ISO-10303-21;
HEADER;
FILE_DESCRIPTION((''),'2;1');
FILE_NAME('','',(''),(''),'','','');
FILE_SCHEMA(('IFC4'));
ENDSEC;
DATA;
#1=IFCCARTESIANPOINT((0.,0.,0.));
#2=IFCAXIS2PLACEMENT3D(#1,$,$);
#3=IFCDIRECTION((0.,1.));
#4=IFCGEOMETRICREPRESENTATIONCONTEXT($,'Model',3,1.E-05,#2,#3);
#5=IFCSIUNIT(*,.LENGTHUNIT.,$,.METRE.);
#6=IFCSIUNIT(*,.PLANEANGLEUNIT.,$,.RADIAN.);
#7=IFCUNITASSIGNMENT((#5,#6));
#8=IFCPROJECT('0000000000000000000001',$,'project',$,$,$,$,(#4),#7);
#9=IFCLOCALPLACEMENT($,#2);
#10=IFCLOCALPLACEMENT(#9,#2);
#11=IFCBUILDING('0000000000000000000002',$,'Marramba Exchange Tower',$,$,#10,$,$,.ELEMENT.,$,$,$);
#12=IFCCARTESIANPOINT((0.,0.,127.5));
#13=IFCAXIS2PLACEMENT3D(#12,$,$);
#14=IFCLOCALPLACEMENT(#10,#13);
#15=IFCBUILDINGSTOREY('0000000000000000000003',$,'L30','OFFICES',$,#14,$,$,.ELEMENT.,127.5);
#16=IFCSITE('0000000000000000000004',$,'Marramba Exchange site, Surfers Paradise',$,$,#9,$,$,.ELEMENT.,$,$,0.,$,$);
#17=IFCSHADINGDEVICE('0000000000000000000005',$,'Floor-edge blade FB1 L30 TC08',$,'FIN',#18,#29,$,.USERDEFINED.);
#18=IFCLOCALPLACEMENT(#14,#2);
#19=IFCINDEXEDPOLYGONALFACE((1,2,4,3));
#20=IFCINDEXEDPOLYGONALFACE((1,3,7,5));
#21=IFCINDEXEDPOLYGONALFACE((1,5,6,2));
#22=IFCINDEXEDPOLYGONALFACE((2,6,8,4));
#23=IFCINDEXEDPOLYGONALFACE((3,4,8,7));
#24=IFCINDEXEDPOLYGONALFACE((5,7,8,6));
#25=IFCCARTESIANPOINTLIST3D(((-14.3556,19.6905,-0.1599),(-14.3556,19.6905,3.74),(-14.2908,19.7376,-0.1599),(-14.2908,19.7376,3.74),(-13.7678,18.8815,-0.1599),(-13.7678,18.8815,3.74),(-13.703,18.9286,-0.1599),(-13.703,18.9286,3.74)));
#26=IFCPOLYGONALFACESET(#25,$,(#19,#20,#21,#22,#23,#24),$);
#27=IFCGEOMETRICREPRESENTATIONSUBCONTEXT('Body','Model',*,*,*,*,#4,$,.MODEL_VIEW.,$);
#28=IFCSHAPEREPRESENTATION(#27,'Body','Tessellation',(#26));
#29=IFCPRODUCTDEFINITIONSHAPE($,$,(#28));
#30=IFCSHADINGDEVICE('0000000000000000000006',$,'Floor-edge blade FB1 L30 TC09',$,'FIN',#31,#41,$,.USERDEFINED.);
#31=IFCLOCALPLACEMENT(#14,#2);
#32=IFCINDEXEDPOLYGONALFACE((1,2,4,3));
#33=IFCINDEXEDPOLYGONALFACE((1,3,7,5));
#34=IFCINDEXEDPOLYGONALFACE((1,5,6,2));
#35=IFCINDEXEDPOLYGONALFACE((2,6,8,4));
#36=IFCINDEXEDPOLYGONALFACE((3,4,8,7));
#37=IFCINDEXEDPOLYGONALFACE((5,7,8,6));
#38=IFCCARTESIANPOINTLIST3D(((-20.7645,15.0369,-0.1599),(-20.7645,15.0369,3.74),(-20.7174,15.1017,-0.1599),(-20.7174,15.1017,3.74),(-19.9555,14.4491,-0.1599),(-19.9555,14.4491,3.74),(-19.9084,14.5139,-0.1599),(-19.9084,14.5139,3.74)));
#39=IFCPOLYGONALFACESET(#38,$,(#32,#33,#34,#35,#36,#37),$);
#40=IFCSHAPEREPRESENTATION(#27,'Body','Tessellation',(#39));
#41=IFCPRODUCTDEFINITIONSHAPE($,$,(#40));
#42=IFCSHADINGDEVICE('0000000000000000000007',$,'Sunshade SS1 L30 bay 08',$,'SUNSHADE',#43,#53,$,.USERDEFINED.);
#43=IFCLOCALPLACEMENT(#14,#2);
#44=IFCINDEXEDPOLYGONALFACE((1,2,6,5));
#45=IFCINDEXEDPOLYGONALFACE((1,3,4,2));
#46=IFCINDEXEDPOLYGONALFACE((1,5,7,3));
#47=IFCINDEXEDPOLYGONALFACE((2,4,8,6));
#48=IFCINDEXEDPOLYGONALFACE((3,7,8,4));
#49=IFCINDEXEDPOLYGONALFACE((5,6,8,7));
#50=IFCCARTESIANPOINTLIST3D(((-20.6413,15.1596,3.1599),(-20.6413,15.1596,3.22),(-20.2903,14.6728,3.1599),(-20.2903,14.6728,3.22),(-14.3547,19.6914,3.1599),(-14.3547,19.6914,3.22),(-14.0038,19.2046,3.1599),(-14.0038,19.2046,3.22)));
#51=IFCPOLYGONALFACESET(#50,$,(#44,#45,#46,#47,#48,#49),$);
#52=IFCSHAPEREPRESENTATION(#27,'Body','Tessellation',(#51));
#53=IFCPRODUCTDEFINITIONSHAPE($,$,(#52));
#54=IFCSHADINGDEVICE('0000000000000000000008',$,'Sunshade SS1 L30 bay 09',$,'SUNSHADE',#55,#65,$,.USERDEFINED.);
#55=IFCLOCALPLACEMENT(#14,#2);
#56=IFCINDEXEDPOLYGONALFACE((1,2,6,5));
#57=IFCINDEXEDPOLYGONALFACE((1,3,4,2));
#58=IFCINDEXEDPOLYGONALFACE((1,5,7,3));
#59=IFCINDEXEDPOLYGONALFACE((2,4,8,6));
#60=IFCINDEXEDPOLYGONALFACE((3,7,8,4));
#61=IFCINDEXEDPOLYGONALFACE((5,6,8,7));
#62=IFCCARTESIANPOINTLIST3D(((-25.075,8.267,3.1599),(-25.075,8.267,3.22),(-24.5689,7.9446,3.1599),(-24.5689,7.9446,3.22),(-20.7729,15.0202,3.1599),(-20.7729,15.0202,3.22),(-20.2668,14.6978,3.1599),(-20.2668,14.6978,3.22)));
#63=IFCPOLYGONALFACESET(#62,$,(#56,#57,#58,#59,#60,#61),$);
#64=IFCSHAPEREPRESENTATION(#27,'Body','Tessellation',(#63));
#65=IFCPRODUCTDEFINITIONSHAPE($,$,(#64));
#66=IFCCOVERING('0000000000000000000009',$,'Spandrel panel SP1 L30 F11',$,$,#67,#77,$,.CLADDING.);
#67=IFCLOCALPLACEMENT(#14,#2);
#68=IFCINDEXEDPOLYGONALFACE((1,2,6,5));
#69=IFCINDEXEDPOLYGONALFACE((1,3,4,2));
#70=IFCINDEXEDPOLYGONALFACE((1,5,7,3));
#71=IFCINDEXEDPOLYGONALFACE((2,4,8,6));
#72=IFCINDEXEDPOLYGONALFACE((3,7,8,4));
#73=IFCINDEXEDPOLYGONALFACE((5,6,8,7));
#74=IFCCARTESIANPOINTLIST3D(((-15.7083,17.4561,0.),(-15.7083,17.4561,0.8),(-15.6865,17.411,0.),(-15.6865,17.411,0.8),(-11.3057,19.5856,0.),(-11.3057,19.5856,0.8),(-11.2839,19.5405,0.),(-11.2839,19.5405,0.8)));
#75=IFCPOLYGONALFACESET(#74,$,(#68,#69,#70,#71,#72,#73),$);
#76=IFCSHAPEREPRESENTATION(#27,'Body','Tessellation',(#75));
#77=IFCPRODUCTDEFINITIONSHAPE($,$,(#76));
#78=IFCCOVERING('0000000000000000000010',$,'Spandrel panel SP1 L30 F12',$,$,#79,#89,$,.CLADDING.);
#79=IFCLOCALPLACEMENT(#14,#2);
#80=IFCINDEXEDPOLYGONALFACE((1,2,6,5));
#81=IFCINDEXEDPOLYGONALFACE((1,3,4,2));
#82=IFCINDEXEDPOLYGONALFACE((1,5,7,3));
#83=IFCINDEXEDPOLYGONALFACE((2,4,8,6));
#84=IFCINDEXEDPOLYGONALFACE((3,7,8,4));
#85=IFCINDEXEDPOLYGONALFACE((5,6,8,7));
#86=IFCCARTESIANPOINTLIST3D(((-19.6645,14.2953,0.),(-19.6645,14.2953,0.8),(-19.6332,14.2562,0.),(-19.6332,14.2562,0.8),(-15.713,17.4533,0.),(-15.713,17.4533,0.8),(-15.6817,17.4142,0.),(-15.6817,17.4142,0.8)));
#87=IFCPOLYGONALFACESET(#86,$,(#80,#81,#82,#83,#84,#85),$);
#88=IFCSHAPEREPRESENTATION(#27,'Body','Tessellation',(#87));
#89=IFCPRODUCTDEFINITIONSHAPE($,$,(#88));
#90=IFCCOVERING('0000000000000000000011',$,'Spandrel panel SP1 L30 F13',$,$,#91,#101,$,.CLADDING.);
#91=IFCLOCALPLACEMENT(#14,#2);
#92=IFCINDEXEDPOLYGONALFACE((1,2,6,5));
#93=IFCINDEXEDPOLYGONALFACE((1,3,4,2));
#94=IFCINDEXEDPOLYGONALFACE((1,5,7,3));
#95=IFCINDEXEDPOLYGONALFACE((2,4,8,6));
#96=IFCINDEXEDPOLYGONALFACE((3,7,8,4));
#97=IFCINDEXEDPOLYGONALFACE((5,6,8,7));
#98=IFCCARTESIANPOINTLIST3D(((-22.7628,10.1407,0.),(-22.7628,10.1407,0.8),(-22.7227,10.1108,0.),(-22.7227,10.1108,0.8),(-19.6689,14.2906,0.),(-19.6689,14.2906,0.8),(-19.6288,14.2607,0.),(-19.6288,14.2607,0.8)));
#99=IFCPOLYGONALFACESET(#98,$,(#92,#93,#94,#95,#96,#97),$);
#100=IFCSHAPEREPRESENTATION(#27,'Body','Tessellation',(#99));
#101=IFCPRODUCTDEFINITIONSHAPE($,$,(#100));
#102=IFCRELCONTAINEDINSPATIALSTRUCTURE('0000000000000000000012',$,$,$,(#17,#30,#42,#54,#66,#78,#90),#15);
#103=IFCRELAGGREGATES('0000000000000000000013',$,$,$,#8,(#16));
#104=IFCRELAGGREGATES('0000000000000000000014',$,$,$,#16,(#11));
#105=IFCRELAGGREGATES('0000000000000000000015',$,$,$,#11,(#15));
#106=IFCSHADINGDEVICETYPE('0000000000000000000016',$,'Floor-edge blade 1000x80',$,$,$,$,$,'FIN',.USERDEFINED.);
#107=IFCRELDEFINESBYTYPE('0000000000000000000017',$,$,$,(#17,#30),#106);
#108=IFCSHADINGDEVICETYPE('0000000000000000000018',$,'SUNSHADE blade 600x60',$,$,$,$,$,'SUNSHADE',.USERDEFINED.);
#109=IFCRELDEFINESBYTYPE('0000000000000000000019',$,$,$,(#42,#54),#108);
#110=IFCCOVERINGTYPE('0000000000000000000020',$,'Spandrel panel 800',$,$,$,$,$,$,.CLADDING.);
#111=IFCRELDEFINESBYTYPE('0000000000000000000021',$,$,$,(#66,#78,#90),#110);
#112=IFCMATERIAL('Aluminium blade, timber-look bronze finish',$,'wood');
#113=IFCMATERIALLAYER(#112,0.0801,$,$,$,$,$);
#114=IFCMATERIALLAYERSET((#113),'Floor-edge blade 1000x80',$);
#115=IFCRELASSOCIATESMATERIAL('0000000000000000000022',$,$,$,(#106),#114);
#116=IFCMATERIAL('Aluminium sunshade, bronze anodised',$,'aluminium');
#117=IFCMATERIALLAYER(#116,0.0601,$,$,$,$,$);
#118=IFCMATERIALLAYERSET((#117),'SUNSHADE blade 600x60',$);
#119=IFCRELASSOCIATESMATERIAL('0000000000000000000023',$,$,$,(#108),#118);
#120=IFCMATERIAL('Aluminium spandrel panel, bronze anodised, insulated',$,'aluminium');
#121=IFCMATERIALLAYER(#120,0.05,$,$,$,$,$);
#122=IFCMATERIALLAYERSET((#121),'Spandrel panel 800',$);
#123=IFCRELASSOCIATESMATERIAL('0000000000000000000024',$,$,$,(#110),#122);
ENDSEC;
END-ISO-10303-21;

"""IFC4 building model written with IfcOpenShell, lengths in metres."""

from ifc_helpers import new_model, si_unit, direction, frame, origin, origin_2d, place, context, subcontext, project, spatial, rectangle, extrude, material, layer, layer_set, type_object, element, save


model = new_model("IFC4")

# Units and contexts
model_context = context("Model", 3, precision=1e-05, world=origin(), true_north=direction((0.0, 1.0)))
body_context = subcontext(model_context, "Body", "Model", "MODEL_VIEW")
ifc_project = project(units=[si_unit("LENGTHUNIT", "METRE"), si_unit("PLANEANGLEUNIT", "RADIAN")], contexts=[model_context])

# Site, building, storey
site_placement = place(None, origin())
site = spatial("IfcSite", under=ifc_project, at=site_placement, Name="Marramba Exchange site, Surfers Paradise", CompositionType="ELEMENT", RefElevation=0.0)
building_placement = place(site_placement, origin())
building = spatial("IfcBuilding", under=site, at=building_placement, Name="Marramba Exchange Tower", CompositionType="ELEMENT")
storey_placement = place(building_placement, frame((0.0, 0.0, 127.5)))
storey = spatial("IfcBuildingStorey", under=building, at=storey_placement, Name="L30", Description="OFFICES", CompositionType="ELEMENT", Elevation=127.5)

# Shading devices
ifc_material_1 = material(Name="Aluminium blade, timber-look bronze finish", Category="wood")
ifc_layer_1 = layer(ifc_material_1, 0.0801)
ifc_layer_set_1 = layer_set([ifc_layer_1], Name="Floor-edge blade 1000x80")
shading_device_type_1 = type_object("IfcShadingDeviceType", Name="Floor-edge blade 1000x80", ElementType="FIN", PredefinedType="USERDEFINED", material=ifc_layer_set_1)
for number, where, z_axis, x_axis, name in (
    (1, (-14.0293, 19.3096, -0.1599), (0.0, 0.0, 1.0), (-0.587785, 0.809017, 0.0), "Floor-edge blade FB1 L30 TC08"),
    (2, (-20.3364, 14.7754, -0.1599), (0.0, 0.0, 1.0), (-0.809017, 0.587785, 0.0), "Floor-edge blade FB1 L30 TC09"),
):
    element("IfcShadingDevice", number, at=place(storey_placement, frame(where, z_axis=z_axis, x_axis=x_axis)), inside=storey, type_object=shading_device_type_1, Name=name, ObjectType="FIN", PredefinedType="USERDEFINED", context=body_context, shape_type="SweptSolid", body=[
        extrude(rectangle(XDim=1.0, YDim=0.0801, at=origin_2d()), origin(), (0.0, 0.0, 1.0), 3.8999),
    ])
ifc_material_2 = material(Name="Aluminium sunshade, bronze anodised", Category="aluminium")
ifc_layer_2 = layer(ifc_material_2, 0.0601)
ifc_layer_set_2 = layer_set([ifc_layer_2], Name="SUNSHADE blade 600x60")
shading_device_type_2 = type_object("IfcShadingDeviceType", Name="SUNSHADE blade 600x60", ElementType="SUNSHADE", PredefinedType="USERDEFINED", material=ifc_layer_set_2)
shading_device_1_placement = place(storey_placement, frame((-17.3225, 17.1821, 3.1599), z_axis=(0.0, 0.0, 1.0), x_axis=(-0.811199, -0.58477, 0.0)))
element("IfcShadingDevice", 3, at=shading_device_1_placement, inside=storey, type_object=shading_device_type_2, Name="Sunshade SS1 L30 bay 08", ObjectType="SUNSHADE", PredefinedType="USERDEFINED", context=body_context, shape_type="SweptSolid", body=[
    extrude(rectangle(XDim=7.7498, YDim=0.6001, at=origin_2d()), origin(), (0.0, 0.0, 1.0), 0.0601),
])
shading_device_2_placement = place(storey_placement, frame((-22.6709, 11.4824, 3.1599), z_axis=(0.0, 0.0, 1.0), x_axis=(-0.537285, -0.843401, 0.0)))
element("IfcShadingDevice", 4, at=shading_device_2_placement, inside=storey, type_object=shading_device_type_2, Name="Sunshade SS1 L30 bay 09", ObjectType="SUNSHADE", PredefinedType="USERDEFINED", context=body_context, shape_type="SweptSolid", body=[
    extrude(rectangle(XDim=8.0071, YDim=0.6001, at=origin_2d()), origin(), (0.0, 0.0, 1.0), 0.0601),
])

# Coverings
ifc_material_3 = material(Name="Aluminium spandrel panel, bronze anodised, insulated", Category="aluminium")
ifc_layer_3 = layer(ifc_material_3, 0.05)
ifc_layer_set_3 = layer_set([ifc_layer_3], Name="Spandrel panel 800")
covering_type = type_object("IfcCoveringType", Name="Spandrel panel 800", PredefinedType="CLADDING", material=ifc_layer_set_3)
covering_1_placement = place(storey_placement, frame((-13.4961, 18.4983, 0.0), z_axis=(0.0, 0.0, 1.0), x_axis=(-0.900224, -0.435428, 0.0)))
element("IfcCovering", 5, at=covering_1_placement, inside=storey, type_object=covering_type, Name="Spandrel panel SP1 L30 F11", PredefinedType="CLADDING", context=body_context, shape_type="SweptSolid", body=[
    extrude(rectangle(XDim=4.8906, YDim=0.05, at=origin_2d()), origin(), (0.0, 0.0, 1.0), 0.8),
])
covering_2_placement = place(storey_placement, frame((-17.6731, 15.8547, 0.0), z_axis=(0.0, 0.0, 1.0), x_axis=(-0.781178, -0.624308, 0.0)))
element("IfcCovering", 6, at=covering_2_placement, inside=storey, type_object=covering_type, Name="Spandrel panel SP1 L30 F12", PredefinedType="CLADDING", context=body_context, shape_type="SweptSolid", body=[
    extrude(rectangle(XDim=5.0583, YDim=0.05, at=origin_2d()), origin(), (0.0, 0.0, 1.0), 0.8),
])
covering_3_placement = place(storey_placement, frame((-21.1958, 12.2007, 0.0), z_axis=(0.0, 0.0, 1.0), x_axis=(-0.597704, -0.801717, 0.0)))
element("IfcCovering", 7, at=covering_3_placement, inside=storey, type_object=covering_type, Name="Spandrel panel SP1 L30 F13", PredefinedType="CLADDING", context=body_context, shape_type="SweptSolid", body=[
    extrude(rectangle(XDim=5.1763, YDim=0.05, at=origin_2d()), origin(), (0.0, 0.0, 1.0), 0.8),
])

save(model, "model.ifc")
